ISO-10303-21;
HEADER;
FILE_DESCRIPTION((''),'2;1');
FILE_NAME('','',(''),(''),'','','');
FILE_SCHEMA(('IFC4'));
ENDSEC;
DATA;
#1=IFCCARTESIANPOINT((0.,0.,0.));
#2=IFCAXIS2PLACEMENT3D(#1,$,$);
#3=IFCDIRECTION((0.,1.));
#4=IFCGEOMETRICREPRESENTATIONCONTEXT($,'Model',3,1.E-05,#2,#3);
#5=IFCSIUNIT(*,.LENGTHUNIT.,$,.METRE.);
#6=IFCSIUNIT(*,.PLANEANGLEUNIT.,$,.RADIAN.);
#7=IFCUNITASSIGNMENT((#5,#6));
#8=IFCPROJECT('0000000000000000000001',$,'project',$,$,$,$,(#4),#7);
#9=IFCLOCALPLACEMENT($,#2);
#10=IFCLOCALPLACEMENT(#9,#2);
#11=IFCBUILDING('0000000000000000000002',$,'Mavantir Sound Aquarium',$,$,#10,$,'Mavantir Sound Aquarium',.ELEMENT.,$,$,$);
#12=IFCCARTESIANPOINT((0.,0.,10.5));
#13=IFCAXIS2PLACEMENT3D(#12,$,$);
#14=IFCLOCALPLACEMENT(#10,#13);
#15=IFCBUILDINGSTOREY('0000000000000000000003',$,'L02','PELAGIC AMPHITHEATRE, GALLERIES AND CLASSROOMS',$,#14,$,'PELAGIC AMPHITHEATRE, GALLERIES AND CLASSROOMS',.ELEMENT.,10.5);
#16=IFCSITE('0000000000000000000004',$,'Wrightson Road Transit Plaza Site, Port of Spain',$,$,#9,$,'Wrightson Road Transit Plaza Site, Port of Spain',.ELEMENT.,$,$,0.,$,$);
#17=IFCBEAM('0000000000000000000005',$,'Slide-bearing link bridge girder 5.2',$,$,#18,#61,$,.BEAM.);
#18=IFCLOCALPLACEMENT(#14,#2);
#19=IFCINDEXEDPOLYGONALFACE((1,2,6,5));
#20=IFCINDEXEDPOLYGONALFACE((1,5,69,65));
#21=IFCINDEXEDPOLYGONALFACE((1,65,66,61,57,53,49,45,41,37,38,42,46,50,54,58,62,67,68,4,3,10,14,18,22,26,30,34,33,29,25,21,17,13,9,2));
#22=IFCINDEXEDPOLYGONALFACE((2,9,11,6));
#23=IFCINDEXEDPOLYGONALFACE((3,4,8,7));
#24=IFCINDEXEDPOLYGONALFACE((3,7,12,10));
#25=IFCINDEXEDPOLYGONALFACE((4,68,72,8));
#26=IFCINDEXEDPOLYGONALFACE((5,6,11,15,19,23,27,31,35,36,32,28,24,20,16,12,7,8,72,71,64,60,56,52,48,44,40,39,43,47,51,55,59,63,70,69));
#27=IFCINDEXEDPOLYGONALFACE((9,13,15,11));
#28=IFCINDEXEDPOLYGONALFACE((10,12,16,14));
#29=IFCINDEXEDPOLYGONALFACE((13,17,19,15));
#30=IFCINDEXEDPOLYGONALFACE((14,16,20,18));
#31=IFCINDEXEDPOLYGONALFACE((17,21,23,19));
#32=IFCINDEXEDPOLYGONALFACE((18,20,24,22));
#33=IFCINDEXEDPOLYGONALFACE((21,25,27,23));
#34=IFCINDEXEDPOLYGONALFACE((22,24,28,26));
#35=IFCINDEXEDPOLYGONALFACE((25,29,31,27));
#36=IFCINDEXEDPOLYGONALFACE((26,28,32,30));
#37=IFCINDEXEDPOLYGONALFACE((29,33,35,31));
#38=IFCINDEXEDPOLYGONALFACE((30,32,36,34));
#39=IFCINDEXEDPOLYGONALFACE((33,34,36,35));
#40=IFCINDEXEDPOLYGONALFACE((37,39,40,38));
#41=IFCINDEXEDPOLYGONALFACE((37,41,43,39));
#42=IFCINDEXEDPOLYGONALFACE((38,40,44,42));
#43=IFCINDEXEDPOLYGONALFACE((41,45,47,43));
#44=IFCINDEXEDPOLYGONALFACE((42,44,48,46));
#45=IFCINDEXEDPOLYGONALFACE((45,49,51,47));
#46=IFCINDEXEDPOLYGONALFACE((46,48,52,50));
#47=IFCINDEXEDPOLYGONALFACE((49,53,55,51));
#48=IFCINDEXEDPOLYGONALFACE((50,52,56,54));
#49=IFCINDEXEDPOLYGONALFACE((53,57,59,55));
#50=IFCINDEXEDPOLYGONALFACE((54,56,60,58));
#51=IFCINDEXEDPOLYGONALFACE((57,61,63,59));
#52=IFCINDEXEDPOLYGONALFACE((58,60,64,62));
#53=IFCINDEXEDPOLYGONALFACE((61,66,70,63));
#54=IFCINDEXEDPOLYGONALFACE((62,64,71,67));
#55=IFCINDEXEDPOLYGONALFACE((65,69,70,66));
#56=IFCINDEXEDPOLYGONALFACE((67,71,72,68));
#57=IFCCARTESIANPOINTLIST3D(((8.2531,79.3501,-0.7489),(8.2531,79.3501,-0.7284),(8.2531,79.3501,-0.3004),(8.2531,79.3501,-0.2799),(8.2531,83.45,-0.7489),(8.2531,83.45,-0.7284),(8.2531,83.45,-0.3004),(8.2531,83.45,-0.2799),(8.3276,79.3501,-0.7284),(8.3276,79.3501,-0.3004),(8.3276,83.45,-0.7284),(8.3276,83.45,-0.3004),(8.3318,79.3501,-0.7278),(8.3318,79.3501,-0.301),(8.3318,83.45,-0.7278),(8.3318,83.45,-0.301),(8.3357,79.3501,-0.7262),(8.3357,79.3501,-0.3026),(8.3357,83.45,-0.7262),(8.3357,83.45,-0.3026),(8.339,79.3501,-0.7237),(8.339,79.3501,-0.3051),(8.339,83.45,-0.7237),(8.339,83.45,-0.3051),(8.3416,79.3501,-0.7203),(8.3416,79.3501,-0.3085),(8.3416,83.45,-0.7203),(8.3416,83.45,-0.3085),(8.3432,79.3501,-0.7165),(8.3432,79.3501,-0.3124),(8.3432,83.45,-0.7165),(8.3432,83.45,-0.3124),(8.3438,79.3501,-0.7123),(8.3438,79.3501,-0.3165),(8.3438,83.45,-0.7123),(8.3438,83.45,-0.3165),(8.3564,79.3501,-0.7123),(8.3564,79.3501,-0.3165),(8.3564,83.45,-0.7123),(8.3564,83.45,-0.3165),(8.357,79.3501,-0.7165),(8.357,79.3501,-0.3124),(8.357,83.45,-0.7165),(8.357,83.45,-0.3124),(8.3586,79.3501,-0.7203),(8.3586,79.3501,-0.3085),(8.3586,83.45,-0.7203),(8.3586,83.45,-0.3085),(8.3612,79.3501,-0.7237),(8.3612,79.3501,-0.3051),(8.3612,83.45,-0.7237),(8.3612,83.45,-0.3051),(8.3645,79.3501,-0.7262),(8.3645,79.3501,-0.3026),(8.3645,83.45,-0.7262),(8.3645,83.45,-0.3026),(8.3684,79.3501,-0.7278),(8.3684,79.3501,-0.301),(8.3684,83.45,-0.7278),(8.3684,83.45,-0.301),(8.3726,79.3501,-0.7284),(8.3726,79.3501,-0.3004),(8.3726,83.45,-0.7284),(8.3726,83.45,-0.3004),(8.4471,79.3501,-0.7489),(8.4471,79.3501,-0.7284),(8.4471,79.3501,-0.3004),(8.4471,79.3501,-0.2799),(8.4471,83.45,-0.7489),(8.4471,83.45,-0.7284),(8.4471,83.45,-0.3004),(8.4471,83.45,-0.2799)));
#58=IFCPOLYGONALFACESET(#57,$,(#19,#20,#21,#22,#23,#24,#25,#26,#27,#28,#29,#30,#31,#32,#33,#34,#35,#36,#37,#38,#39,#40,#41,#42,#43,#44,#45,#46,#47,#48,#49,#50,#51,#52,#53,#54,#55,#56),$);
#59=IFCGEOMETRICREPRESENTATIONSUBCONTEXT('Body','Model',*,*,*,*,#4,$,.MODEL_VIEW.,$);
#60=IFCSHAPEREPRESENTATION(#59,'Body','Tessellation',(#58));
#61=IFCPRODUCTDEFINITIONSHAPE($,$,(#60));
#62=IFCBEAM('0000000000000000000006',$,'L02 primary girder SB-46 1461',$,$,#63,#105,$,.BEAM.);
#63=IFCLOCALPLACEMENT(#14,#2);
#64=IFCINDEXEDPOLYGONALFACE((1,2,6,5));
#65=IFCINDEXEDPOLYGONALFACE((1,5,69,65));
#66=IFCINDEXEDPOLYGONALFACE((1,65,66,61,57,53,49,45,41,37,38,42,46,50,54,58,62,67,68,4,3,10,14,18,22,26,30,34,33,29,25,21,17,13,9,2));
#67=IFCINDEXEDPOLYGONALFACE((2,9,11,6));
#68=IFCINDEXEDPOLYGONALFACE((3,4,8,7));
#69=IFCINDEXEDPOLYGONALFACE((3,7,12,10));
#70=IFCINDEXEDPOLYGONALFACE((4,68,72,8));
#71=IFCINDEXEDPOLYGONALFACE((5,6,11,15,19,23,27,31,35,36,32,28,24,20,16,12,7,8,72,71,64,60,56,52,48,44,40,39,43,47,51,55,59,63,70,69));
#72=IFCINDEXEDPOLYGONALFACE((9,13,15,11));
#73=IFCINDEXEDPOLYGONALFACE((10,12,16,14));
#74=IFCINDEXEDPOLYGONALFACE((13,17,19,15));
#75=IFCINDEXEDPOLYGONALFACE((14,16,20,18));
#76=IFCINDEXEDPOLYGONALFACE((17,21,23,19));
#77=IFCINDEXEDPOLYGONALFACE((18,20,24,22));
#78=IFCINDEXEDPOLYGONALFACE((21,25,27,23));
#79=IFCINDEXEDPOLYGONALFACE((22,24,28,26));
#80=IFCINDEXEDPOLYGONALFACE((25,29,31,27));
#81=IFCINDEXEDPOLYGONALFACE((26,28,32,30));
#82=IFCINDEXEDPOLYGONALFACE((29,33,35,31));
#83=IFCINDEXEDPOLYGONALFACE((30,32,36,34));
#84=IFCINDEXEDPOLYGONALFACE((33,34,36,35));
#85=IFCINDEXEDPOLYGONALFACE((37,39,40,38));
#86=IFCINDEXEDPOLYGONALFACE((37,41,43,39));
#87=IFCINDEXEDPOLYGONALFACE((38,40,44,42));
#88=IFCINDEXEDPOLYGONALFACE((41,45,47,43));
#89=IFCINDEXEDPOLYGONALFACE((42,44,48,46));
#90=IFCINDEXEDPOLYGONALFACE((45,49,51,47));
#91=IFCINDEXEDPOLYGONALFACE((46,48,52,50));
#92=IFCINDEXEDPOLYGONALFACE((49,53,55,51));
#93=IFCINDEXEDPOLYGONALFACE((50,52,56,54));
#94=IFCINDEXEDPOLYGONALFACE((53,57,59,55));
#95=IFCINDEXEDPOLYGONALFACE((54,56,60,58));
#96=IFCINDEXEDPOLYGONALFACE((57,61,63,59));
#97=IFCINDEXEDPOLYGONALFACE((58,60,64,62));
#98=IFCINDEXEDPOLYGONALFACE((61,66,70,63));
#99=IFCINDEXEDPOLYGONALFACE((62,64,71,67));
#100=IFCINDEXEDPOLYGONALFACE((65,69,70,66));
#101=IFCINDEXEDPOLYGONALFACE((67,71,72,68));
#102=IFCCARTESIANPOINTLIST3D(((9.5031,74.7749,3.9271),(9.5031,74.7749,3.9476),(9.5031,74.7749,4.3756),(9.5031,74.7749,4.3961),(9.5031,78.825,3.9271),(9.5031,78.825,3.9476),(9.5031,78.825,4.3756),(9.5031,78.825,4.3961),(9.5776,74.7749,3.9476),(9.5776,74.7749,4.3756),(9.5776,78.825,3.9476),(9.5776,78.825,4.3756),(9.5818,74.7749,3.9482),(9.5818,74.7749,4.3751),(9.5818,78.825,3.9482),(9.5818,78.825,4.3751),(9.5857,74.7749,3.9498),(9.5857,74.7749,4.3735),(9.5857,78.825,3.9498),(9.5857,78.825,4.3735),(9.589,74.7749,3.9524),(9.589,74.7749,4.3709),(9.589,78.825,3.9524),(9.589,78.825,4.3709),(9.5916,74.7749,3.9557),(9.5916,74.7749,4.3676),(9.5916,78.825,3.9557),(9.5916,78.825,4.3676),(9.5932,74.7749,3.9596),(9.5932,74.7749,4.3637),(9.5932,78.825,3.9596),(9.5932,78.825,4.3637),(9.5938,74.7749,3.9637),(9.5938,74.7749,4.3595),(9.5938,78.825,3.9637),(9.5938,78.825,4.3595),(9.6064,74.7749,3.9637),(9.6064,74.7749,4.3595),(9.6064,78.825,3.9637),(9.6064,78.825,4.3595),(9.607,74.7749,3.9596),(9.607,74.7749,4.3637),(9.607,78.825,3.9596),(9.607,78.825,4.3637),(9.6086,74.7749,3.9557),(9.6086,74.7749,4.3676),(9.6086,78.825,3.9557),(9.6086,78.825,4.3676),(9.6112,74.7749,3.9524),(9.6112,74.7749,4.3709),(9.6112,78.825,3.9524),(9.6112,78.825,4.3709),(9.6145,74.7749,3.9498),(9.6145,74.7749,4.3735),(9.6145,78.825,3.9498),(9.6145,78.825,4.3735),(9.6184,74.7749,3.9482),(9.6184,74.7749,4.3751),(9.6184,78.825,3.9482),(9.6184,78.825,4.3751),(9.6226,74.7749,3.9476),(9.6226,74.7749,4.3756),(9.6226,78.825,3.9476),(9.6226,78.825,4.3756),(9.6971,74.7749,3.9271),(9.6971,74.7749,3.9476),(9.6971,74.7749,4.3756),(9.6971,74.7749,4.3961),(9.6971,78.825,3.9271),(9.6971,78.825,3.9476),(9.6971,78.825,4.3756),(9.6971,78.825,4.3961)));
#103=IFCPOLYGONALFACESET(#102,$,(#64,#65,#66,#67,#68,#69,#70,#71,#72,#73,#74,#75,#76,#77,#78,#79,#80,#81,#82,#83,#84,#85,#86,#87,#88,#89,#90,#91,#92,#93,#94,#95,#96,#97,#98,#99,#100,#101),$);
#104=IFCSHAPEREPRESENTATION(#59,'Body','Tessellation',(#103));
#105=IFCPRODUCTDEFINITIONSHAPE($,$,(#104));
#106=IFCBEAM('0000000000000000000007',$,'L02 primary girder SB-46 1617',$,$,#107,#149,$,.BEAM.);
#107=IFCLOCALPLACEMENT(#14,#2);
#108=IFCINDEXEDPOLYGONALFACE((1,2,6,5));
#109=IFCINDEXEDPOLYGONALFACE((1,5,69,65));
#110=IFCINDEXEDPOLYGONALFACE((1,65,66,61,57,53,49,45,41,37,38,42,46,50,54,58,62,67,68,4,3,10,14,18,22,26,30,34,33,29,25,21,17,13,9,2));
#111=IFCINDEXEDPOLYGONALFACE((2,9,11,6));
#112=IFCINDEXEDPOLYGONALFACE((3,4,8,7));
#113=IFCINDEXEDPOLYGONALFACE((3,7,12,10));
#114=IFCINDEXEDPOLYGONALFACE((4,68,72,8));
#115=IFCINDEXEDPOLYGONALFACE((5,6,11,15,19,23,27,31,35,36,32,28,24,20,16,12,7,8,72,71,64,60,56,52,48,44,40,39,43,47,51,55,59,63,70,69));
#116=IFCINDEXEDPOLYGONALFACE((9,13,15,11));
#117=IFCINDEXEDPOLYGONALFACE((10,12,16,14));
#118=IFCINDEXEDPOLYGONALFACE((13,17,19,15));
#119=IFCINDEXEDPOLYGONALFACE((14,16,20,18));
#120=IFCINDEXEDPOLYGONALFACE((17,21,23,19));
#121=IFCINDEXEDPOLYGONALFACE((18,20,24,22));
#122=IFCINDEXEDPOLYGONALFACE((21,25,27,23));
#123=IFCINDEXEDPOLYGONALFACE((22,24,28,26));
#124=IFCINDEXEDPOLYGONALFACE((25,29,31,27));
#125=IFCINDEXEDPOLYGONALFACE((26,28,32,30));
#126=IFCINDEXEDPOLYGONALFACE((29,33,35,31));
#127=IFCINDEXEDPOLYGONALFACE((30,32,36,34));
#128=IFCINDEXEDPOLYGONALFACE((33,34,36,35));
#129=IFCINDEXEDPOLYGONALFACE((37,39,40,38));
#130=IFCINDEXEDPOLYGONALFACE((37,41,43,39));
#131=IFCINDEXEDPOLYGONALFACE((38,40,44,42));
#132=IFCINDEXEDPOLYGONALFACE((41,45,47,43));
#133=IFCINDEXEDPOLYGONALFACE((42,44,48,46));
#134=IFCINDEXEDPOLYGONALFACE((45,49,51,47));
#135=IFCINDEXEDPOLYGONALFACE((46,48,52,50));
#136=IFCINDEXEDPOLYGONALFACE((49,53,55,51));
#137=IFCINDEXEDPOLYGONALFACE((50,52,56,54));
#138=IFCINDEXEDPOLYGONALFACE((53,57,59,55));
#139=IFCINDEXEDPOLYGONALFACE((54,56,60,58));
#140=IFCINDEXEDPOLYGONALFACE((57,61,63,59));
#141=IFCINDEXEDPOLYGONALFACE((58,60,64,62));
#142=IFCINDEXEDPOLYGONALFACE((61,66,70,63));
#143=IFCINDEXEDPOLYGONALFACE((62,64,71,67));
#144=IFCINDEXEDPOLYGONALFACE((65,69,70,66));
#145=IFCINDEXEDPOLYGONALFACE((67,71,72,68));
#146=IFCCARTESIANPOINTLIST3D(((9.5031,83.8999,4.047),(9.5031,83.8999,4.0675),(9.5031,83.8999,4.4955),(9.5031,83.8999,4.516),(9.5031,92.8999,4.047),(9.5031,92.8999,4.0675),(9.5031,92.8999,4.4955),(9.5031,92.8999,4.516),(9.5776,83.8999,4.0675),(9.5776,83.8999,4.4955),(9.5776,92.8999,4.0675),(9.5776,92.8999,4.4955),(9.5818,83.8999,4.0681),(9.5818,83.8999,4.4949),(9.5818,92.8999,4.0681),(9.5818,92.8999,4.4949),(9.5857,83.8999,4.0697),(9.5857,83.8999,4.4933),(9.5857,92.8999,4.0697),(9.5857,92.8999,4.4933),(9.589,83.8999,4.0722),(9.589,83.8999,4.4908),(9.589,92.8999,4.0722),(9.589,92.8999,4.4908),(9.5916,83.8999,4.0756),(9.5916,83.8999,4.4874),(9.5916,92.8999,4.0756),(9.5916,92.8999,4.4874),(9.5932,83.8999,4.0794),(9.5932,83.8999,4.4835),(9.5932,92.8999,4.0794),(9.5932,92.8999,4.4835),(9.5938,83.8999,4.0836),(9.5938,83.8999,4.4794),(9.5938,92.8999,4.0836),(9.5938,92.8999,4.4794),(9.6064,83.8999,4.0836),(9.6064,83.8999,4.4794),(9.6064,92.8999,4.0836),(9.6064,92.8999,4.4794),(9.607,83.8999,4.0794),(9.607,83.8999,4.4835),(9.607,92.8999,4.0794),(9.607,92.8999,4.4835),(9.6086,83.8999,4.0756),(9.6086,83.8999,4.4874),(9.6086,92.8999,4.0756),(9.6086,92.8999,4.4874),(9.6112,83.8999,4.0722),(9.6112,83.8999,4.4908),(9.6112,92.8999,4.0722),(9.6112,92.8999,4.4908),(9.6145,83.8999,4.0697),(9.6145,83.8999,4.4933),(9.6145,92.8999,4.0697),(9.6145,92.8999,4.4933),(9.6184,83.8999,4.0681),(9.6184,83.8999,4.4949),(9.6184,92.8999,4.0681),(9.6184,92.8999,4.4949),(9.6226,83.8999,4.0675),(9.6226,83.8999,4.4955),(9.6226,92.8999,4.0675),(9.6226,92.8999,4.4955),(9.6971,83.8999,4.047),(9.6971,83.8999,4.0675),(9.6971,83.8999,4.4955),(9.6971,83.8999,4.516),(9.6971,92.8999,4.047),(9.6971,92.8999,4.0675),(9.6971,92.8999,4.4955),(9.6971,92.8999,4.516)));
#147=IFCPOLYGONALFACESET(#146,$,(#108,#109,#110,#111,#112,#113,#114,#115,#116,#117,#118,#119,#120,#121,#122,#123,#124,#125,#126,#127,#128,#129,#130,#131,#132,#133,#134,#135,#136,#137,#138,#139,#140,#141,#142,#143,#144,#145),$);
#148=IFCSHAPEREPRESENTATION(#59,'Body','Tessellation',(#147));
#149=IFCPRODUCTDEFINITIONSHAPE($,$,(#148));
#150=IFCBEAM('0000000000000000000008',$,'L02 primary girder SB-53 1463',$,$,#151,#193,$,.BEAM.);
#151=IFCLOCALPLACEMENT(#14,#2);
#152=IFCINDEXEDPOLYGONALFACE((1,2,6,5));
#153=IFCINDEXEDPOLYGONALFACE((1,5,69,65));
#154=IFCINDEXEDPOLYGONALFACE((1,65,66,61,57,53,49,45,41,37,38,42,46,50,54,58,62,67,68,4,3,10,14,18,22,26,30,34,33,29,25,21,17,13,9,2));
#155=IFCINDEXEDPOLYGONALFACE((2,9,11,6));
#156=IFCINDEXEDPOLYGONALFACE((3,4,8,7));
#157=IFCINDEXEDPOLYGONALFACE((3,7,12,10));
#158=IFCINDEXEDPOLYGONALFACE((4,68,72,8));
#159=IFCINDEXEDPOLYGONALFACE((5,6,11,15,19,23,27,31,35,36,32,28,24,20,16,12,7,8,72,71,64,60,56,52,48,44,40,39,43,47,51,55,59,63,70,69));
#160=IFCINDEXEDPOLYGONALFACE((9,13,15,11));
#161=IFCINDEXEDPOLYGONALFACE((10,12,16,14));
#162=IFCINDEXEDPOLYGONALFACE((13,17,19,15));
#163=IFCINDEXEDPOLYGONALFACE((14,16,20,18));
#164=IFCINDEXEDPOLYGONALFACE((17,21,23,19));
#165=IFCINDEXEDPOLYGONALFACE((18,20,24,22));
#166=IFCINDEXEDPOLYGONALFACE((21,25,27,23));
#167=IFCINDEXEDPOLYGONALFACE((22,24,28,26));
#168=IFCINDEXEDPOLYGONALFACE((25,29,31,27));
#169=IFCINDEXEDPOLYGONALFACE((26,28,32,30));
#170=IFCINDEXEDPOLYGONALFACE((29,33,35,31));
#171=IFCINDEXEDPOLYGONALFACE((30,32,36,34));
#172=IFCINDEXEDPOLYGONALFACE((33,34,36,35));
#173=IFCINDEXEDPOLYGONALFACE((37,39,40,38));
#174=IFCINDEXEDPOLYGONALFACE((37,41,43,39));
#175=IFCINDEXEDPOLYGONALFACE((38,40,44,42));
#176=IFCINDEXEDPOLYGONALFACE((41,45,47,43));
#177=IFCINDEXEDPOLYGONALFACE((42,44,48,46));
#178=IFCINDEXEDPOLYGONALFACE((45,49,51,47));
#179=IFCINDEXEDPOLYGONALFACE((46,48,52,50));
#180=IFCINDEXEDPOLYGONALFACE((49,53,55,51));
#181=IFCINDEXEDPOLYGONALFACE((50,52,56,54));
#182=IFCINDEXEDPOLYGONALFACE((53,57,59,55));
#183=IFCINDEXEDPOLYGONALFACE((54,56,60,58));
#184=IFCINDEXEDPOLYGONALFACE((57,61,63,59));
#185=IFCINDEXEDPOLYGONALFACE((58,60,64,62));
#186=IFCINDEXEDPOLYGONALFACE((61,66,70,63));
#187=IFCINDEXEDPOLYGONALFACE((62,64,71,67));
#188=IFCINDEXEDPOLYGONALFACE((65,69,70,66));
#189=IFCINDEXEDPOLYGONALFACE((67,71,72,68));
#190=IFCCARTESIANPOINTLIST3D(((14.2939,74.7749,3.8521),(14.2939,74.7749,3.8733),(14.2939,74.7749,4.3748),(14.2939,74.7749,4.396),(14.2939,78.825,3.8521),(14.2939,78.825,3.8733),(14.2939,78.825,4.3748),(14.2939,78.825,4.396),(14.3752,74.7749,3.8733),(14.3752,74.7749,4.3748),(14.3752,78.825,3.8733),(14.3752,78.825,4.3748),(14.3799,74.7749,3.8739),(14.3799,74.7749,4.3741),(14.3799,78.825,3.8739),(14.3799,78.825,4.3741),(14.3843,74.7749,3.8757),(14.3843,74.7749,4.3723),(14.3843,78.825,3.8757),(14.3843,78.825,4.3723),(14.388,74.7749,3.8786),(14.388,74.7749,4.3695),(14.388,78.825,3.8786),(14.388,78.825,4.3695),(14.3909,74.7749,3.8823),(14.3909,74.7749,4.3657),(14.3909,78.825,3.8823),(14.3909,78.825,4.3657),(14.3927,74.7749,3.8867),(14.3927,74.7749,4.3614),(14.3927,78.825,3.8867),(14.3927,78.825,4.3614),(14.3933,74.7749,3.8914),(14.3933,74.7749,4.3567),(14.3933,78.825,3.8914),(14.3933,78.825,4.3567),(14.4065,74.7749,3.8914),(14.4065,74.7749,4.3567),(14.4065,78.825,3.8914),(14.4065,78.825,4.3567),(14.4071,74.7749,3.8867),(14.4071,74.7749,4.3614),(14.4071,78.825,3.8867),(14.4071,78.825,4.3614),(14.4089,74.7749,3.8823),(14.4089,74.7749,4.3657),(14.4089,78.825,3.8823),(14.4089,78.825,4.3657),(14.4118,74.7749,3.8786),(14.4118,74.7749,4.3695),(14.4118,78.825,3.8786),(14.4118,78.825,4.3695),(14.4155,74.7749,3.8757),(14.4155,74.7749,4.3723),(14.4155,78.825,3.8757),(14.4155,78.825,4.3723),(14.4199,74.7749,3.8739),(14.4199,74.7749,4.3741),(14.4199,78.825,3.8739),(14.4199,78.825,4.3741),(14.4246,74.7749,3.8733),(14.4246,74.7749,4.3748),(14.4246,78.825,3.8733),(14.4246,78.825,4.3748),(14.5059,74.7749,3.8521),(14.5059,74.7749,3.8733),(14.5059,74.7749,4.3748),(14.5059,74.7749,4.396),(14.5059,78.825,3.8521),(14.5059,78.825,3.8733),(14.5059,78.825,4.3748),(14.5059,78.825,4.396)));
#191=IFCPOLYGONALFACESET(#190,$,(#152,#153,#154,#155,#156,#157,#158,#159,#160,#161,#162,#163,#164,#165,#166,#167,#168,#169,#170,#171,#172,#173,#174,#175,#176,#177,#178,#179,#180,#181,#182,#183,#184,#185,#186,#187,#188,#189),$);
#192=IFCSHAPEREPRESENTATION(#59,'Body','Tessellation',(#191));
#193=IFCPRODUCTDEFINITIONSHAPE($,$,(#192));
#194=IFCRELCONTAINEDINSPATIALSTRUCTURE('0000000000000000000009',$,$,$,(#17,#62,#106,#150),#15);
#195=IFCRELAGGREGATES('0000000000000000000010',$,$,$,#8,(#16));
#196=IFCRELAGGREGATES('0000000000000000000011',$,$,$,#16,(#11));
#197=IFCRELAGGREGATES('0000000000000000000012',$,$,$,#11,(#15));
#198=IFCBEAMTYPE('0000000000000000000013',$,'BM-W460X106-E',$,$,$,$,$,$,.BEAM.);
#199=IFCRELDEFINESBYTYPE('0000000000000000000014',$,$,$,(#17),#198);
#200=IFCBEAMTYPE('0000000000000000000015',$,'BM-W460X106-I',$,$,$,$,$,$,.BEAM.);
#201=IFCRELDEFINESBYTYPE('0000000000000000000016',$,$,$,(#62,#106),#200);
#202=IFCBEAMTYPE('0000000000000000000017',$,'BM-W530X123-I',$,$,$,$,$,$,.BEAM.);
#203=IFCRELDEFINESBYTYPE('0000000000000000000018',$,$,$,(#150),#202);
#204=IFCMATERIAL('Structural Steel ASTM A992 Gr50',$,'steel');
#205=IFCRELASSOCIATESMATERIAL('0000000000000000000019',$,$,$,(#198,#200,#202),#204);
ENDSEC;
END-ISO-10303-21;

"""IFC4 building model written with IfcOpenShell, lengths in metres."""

from ifc_helpers import new_model, si_unit, direction, frame, origin, origin_2d, place, context, subcontext, project, spatial, i_section, extrude, material, material_profile, profile_set, type_object, element, save


model = new_model("IFC4")

# Units and contexts
model_context = context("Model", 3, precision=1e-05, world=origin(), true_north=direction((0.0, 1.0)))
body_context = subcontext(model_context, "Body", "Model", "MODEL_VIEW")
ifc_project = project(units=[si_unit("LENGTHUNIT", "METRE"), si_unit("PLANEANGLEUNIT", "RADIAN")], contexts=[model_context])

# Site, building, storey
site_placement = place(None, origin())
site = spatial("IfcSite", under=ifc_project, at=site_placement, Name="Wrightson Road Transit Plaza Site, Port of Spain", LongName="Wrightson Road Transit Plaza Site, Port of Spain", CompositionType="ELEMENT", RefElevation=0.0)
building_placement = place(site_placement, origin())
building = spatial("IfcBuilding", under=site, at=building_placement, Name="Mavantir Sound Aquarium", LongName="Mavantir Sound Aquarium", CompositionType="ELEMENT")
storey_placement = place(building_placement, frame((0.0, 0.0, 10.5)))
storey = spatial("IfcBuildingStorey", under=building, at=storey_placement, Name="L02", Description="PELAGIC AMPHITHEATRE, GALLERIES AND CLASSROOMS", LongName="PELAGIC AMPHITHEATRE, GALLERIES AND CLASSROOMS", CompositionType="ELEMENT", Elevation=10.5)

# Beams
ifc_material_1 = material(Name="Structural Steel ASTM A992 Gr50", Category="steel")
ifc_material_profile_1 = material_profile(ifc_material_1, i_section(OverallWidth=0.1941, OverallDepth=0.469, WebThickness=0.0127, FlangeThickness=0.0205, FilletRadius=0.0161, at=origin_2d()), Name="W460X106")
ifc_profile_set_1 = profile_set([ifc_material_profile_1], Name="Structural Steel ASTM A992 Gr50")
beam_type_1 = type_object("IfcBeamType", Name="BM-W460X106-E", PredefinedType="BEAM", material=ifc_profile_set_1)
beam_1_placement = place(storey_placement, frame((8.3501, 79.3501, -0.5144), z_axis=(0.0, 1.0, 0.0), x_axis=(-1.0, 0.0, 0.0)))
element("IfcBeam", 1, at=beam_1_placement, inside=storey, type_object=beam_type_1, Name="Slide-bearing link bridge girder 5.2", PredefinedType="BEAM", context=body_context, shape_type="SweptSolid", body=[
    extrude(i_section(OverallWidth=0.1941, OverallDepth=0.469, WebThickness=0.0127, FlangeThickness=0.0205, FilletRadius=0.0161, at=origin_2d()), origin(), (0.0, 0.0, 1.0), 4.0999),
])
ifc_material_profile_2 = material_profile(ifc_material_1, i_section(OverallWidth=0.1941, OverallDepth=0.469, WebThickness=0.0127, FlangeThickness=0.0205, FilletRadius=0.0161, at=origin_2d()), Name="W460X106")
ifc_profile_set_2 = profile_set([ifc_material_profile_2], Name="Structural Steel ASTM A992 Gr50")
beam_type_2 = type_object("IfcBeamType", Name="BM-W460X106-I", PredefinedType="BEAM", material=ifc_profile_set_2)
beam_2_placement = place(storey_placement, frame((9.6001, 74.7749, 4.1616), z_axis=(0.0, 1.0, 0.0), x_axis=(-1.0, 0.0, 0.0)))
element("IfcBeam", 2, at=beam_2_placement, inside=storey, type_object=beam_type_2, Name="L02 primary girder SB-46 1461", PredefinedType="BEAM", context=body_context, shape_type="SweptSolid", body=[
    extrude(i_section(OverallWidth=0.1941, OverallDepth=0.469, WebThickness=0.0127, FlangeThickness=0.0205, FilletRadius=0.0161, at=origin_2d()), origin(), (0.0, 0.0, 1.0), 4.05),
])
beam_3_placement = place(storey_placement, frame((9.6001, 83.8999, 4.2815), z_axis=(0.0, 1.0, 0.0), x_axis=(-1.0, 0.0, 0.0)))
element("IfcBeam", 3, at=beam_3_placement, inside=storey, type_object=beam_type_2, Name="L02 primary girder SB-46 1617", PredefinedType="BEAM", context=body_context, shape_type="SweptSolid", body=[
    extrude(i_section(OverallWidth=0.1941, OverallDepth=0.469, WebThickness=0.0127, FlangeThickness=0.0205, FilletRadius=0.0161, at=origin_2d()), origin(), (0.0, 0.0, 1.0), 9.0),
])
ifc_material_profile_3 = material_profile(ifc_material_1, i_section(OverallWidth=0.2119, OverallDepth=0.5439, WebThickness=0.0132, FlangeThickness=0.0212, FilletRadius=0.0181, at=origin_2d()), Name="W530X123")
ifc_profile_set_3 = profile_set([ifc_material_profile_3], Name="Structural Steel ASTM A992 Gr50")
beam_type_3 = type_object("IfcBeamType", Name="BM-W530X123-I", PredefinedType="BEAM", material=ifc_profile_set_3)
beam_4_placement = place(storey_placement, frame((14.3999, 74.7749, 4.124), z_axis=(0.0, 1.0, 0.0), x_axis=(-1.0, 0.0, 0.0)))
element("IfcBeam", 4, at=beam_4_placement, inside=storey, type_object=beam_type_3, Name="L02 primary girder SB-53 1463", PredefinedType="BEAM", context=body_context, shape_type="SweptSolid", body=[
    extrude(i_section(OverallWidth=0.2119, OverallDepth=0.5439, WebThickness=0.0132, FlangeThickness=0.0212, FilletRadius=0.0181, at=origin_2d()), origin(), (0.0, 0.0, 1.0), 4.05),
])

save(model, "model.ifc")
